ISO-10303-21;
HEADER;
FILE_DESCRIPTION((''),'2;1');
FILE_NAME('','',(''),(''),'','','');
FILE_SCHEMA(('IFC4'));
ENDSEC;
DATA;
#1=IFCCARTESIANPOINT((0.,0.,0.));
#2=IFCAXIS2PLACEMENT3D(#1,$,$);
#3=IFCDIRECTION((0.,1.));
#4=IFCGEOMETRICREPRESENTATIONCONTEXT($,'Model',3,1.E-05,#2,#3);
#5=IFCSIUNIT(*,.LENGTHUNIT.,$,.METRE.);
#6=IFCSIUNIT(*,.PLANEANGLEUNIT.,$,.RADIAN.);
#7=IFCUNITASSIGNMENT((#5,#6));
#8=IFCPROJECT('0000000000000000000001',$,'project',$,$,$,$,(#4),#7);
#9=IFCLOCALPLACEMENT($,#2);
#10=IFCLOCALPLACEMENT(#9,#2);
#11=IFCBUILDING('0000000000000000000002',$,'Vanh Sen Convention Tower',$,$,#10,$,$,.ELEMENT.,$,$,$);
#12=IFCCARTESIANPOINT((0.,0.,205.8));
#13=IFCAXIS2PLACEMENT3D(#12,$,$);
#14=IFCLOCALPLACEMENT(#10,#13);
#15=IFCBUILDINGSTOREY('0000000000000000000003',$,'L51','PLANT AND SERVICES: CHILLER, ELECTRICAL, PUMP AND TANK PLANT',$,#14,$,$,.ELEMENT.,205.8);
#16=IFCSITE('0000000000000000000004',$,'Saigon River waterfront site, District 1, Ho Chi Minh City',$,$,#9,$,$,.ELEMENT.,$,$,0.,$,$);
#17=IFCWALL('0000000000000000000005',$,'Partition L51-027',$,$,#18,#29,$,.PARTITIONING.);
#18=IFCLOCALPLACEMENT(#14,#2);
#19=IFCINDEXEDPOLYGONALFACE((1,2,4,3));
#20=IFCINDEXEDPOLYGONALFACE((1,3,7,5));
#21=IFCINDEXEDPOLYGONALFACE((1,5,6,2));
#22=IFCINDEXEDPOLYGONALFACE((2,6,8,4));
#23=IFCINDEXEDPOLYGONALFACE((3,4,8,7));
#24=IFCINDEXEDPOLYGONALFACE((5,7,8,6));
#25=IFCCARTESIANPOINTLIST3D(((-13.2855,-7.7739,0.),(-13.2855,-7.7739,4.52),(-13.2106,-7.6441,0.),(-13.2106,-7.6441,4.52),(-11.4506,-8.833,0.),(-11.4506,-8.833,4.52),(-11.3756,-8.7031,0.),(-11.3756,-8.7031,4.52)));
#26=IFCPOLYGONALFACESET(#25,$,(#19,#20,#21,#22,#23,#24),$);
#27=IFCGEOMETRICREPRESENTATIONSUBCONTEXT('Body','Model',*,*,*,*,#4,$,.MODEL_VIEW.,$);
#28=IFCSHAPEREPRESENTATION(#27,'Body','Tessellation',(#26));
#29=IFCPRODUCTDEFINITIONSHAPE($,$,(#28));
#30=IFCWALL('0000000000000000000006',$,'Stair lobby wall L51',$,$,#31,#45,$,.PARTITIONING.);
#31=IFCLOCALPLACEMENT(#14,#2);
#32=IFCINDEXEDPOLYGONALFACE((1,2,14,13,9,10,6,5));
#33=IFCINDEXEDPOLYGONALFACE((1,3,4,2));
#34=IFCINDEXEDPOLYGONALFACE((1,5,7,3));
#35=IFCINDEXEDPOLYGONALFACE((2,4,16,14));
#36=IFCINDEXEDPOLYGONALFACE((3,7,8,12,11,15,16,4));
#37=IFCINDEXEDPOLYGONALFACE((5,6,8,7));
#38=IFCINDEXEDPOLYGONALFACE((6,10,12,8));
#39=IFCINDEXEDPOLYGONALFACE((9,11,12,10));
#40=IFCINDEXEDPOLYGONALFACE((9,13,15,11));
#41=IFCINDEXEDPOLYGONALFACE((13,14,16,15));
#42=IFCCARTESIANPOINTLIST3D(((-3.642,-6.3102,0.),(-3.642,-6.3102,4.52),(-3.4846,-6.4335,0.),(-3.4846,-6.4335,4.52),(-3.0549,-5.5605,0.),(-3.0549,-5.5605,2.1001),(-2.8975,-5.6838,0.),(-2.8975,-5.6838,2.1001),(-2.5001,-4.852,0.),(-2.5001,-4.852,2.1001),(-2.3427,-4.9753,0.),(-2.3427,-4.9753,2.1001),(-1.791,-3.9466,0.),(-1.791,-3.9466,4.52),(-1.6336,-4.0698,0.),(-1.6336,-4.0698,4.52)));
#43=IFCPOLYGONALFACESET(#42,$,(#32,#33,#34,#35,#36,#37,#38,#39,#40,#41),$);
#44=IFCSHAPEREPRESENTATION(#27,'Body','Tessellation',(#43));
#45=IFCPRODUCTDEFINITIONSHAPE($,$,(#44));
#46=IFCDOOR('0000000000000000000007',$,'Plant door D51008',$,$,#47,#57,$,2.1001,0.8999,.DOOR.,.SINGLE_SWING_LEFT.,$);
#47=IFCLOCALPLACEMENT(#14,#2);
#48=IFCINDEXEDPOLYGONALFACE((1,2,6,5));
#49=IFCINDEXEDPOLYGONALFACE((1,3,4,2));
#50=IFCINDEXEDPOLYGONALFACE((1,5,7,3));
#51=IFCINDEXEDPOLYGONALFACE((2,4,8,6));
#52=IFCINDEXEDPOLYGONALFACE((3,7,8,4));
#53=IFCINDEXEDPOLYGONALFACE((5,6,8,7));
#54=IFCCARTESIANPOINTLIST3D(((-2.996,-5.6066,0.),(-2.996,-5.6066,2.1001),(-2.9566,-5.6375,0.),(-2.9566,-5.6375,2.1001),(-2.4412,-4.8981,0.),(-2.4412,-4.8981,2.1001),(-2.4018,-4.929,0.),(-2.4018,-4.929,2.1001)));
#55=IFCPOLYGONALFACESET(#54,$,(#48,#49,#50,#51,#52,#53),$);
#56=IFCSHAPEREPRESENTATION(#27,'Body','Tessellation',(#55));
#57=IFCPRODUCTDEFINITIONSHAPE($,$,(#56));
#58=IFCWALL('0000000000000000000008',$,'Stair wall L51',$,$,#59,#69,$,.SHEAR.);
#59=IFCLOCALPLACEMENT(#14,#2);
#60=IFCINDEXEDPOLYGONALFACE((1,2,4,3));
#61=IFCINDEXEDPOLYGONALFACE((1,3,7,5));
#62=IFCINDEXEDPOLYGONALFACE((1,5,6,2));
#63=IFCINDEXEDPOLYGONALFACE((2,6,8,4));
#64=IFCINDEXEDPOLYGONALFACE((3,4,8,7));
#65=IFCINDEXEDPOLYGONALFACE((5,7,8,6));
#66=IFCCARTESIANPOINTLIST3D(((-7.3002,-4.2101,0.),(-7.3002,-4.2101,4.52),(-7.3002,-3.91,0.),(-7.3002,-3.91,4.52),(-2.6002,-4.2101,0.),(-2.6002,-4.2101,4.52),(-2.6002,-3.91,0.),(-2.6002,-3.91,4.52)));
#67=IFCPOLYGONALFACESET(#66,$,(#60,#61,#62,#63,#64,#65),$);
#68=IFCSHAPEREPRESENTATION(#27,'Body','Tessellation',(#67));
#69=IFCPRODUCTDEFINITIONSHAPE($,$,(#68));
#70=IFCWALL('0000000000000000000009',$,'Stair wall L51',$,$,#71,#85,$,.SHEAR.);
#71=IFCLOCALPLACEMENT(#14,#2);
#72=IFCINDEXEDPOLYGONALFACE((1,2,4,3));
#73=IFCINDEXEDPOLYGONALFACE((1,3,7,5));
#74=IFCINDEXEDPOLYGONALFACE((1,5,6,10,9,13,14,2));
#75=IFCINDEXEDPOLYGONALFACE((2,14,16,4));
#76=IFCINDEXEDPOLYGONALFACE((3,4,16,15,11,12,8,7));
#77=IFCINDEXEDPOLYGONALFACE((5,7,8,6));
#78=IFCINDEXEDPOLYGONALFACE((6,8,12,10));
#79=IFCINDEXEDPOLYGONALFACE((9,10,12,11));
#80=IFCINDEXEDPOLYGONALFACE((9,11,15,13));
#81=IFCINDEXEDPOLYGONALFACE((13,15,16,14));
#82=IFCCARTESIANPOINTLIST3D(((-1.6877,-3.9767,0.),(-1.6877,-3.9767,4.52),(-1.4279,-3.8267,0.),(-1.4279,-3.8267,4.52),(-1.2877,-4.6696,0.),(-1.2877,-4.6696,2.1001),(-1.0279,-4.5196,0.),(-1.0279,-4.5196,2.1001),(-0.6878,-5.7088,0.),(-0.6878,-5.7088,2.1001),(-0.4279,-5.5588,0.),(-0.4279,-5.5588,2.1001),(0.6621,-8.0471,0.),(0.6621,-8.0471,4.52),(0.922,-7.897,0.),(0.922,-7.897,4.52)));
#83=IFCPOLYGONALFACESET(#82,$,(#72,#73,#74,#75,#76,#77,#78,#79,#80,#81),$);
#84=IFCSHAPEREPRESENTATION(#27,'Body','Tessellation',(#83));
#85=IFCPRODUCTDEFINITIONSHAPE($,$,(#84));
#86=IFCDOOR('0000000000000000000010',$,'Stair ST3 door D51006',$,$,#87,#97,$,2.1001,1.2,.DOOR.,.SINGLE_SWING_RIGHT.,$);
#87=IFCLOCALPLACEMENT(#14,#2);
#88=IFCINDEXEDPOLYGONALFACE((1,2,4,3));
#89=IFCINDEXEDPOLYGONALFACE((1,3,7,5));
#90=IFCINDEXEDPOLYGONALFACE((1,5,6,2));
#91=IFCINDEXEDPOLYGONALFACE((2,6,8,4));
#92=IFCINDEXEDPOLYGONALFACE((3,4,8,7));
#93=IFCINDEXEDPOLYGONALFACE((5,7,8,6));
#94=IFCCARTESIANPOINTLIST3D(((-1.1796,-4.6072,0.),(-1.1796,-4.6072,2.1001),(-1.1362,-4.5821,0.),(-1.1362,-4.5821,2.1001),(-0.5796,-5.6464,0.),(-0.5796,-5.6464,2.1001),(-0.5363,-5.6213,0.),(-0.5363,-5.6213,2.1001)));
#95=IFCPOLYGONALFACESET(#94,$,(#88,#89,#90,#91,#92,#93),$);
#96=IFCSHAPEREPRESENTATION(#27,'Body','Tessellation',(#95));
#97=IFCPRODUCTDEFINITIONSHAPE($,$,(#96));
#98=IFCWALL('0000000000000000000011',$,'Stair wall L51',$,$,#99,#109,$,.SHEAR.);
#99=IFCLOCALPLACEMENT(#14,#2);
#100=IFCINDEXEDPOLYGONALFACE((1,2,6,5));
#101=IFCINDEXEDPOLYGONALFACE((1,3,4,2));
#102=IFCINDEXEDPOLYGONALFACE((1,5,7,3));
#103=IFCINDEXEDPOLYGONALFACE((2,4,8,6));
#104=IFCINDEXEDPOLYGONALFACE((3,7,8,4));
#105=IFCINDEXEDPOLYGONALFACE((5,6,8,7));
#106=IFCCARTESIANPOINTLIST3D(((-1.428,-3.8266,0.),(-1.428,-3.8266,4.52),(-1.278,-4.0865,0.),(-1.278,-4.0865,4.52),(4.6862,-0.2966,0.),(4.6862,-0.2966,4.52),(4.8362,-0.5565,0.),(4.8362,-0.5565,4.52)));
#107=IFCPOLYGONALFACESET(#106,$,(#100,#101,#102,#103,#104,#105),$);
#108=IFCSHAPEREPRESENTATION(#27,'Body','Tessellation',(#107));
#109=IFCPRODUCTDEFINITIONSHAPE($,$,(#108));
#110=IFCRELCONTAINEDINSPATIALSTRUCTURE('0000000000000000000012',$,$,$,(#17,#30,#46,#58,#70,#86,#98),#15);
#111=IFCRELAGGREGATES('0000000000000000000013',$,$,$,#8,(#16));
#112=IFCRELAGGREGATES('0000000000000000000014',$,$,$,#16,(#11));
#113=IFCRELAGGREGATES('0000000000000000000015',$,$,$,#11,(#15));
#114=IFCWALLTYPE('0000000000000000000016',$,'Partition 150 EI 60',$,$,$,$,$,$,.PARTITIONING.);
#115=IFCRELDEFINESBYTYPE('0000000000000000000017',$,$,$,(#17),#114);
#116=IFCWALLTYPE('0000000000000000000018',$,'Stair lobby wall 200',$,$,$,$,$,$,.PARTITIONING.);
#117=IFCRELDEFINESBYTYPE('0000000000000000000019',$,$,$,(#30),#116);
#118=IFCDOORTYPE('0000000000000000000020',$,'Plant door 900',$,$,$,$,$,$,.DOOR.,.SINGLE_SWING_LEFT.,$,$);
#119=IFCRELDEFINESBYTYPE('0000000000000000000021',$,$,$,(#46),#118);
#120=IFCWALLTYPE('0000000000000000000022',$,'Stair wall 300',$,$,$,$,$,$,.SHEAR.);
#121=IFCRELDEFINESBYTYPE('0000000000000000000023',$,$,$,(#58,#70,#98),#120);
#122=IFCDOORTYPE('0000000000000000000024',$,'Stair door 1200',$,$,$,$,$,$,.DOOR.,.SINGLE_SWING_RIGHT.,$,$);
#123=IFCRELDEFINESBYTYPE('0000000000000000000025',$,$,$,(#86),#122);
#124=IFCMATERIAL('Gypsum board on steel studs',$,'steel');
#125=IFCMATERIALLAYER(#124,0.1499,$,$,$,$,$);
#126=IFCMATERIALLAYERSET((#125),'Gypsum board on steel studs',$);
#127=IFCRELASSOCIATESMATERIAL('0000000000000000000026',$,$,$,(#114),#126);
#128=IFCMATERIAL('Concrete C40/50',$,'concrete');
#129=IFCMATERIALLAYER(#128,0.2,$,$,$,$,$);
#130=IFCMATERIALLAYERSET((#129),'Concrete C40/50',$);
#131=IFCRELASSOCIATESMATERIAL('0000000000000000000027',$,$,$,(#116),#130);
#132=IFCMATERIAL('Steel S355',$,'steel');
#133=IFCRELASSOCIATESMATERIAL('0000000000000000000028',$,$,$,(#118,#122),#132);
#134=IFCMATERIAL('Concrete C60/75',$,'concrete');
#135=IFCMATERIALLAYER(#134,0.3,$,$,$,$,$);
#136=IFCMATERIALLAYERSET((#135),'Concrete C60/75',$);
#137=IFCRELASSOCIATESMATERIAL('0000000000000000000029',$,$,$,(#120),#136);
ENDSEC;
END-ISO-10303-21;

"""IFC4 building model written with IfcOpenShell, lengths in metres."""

from ifc_helpers import new_model, si_unit, direction, frame, frame_2d, origin, place, context, subcontext, project, spatial, rectangle, extrude, material, layer, layer_set, type_object, element, fill, save


model = new_model("IFC4")

# Units and contexts
model_context = context("Model", 3, precision=1e-05, world=origin(), true_north=direction((0.0, 1.0)))
body_context = subcontext(model_context, "Body", "Model", "MODEL_VIEW")
ifc_project = project(units=[si_unit("LENGTHUNIT", "METRE"), si_unit("PLANEANGLEUNIT", "RADIAN")], contexts=[model_context])

# Site, building, storey
site_placement = place(None, origin())
site = spatial("IfcSite", under=ifc_project, at=site_placement, Name="Saigon River waterfront site, District 1, Ho Chi Minh City", CompositionType="ELEMENT", RefElevation=0.0)
building_placement = place(site_placement, origin())
building = spatial("IfcBuilding", under=site, at=building_placement, Name="Vanh Sen Convention Tower", CompositionType="ELEMENT")
storey_placement = place(building_placement, frame((0.0, 0.0, 205.8)))
storey = spatial("IfcBuildingStorey", under=building, at=storey_placement, Name="L51", Description="PLANT AND SERVICES: CHILLER, ELECTRICAL, PUMP AND TANK PLANT", CompositionType="ELEMENT", Elevation=205.8)

# Shared definitions
ifc_material_1 = material(Name="Concrete C40/50", Category="concrete")

# Shared definitions
ifc_material_2 = material(Name="Concrete C60/75", Category="concrete")
ifc_material_3 = material(Name="Steel S355", Category="steel")

# Wall
ifc_material_4 = material(Name="Gypsum board on steel studs", Category="steel")
ifc_layer_1 = layer(ifc_material_4, 0.1499)
ifc_layer_set_1 = layer_set([ifc_layer_1], Name="Gypsum board on steel studs")
wall_type_1 = type_object("IfcWallType", Name="Partition 150 EI 60", PredefinedType="PARTITIONING", material=ifc_layer_set_1)
wall_1_placement = place(storey_placement, frame((-13.248, -7.709, 0.0), z_axis=(0.0, 0.0, 1.0), x_axis=(0.866093, -0.499882, 0.0)))
element("IfcWall", 1, at=wall_1_placement, inside=storey, type_object=wall_type_1, Name="Partition L51-027", PredefinedType="PARTITIONING", context=body_context, shape_type="SweptSolid", body=[
    extrude(rectangle(XDim=2.1187, YDim=0.1499, at=frame_2d((1.0593, 0.0))), origin(), (0.0, 0.0, 1.0), 4.52),
])

# Wall, opening, door
ifc_layer_2 = layer(ifc_material_1, 0.2)
ifc_layer_set_2 = layer_set([ifc_layer_2], Name="Concrete C40/50")
wall_type_2 = type_object("IfcWallType", Name="Stair lobby wall 200", PredefinedType="PARTITIONING", material=ifc_layer_set_2)
wall_2_placement = place(storey_placement, frame((-1.7124, -4.0083, 0.0), z_axis=(0.0, 0.0, 1.0), x_axis=(-0.616549, -0.787316, 0.0)))
wall_2 = element("IfcWall", 2, at=wall_2_placement, inside=storey, type_object=wall_type_2, Name="Stair lobby wall L51", PredefinedType="PARTITIONING", context=body_context, shape_type="SweptSolid", body=[
    extrude(rectangle(XDim=3.0022, YDim=0.2, at=frame_2d((1.501, 0.0))), origin(), (0.0, 0.0, 1.0), 4.52),
])
opening_1_placement = place(wall_2_placement, frame((1.1499, 0.0, 0.0)))
opening_1 = element("IfcOpeningElement", 3, at=opening_1_placement, cuts=wall_2, PredefinedType="OPENING", context=body_context, shape_type="SweptSolid", body=[
    extrude(rectangle(XDim=0.8999, YDim=2.1001, at=frame_2d((0.45, 1.05))), frame((0.0, 0.1099, 0.0), z_axis=(0.0, -1.0, 0.0), x_axis=(1.0, 0.0, 0.0)), (0.0, 0.0, 1.0), 0.22),
])
door_type_1 = type_object("IfcDoorType", Name="Plant door 900", OperationType="SINGLE_SWING_LEFT", PredefinedType="DOOR", material=ifc_material_3)
door_1_placement = place(opening_1_placement, origin())
door_1 = element("IfcDoor", 4, at=door_1_placement, inside=storey, type_object=door_type_1, Name="Plant door D51008", OperationType="SINGLE_SWING_LEFT", OverallHeight=2.1001, OverallWidth=0.8999, PredefinedType="DOOR", context=body_context, shape_type="SweptSolid", body=[
    extrude(rectangle(XDim=0.8999, YDim=2.1001, at=frame_2d((0.45, 1.05))), frame((0.0, 0.0249, 0.0), z_axis=(0.0, -1.0, 0.0), x_axis=(1.0, 0.0, 0.0)), (0.0, 0.0, 1.0), 0.05),
])
fill(opening_1, door_1)

# Wall
ifc_layer_3 = layer(ifc_material_2, 0.3)
ifc_layer_set_3 = layer_set([ifc_layer_3], Name="Concrete C60/75")
wall_type_3 = type_object("IfcWallType", Name="Stair wall 300", PredefinedType="SHEAR", material=ifc_layer_set_3)
wall_3_placement = place(storey_placement, frame((-2.6001, -4.0601, 0.0), z_axis=(0.0, 0.0, 1.0), x_axis=(-1.0, 0.0, 0.0)))
element("IfcWall", 5, at=wall_3_placement, inside=storey, type_object=wall_type_3, Name="Stair wall L51", PredefinedType="SHEAR", context=body_context, shape_type="SweptSolid", body=[
    extrude(rectangle(XDim=4.7, YDim=0.3, at=frame_2d((2.3501, 0.0))), origin(), (0.0, 0.0, 1.0), 4.52),
])

# Wall, opening, door
wall_4_placement = place(storey_placement, frame((-1.5579, -3.9016, 0.0), z_axis=(0.0, 0.0, 1.0), x_axis=(0.499977, -0.866039, 0.0)))
wall_4 = element("IfcWall", 6, at=wall_4_placement, inside=storey, type_object=wall_type_3, Name="Stair wall L51", PredefinedType="SHEAR", context=body_context, shape_type="SweptSolid", body=[
    extrude(rectangle(XDim=4.7, YDim=0.3, at=frame_2d((2.3501, 0.0))), origin(), (0.0, 0.0, 1.0), 4.52),
])
opening_2_placement = place(wall_4_placement, frame((0.8, 0.0, 0.0)))
opening_2 = element("IfcOpeningElement", 7, at=opening_2_placement, cuts=wall_4, PredefinedType="OPENING", context=body_context, shape_type="SweptSolid", body=[
    extrude(rectangle(XDim=1.2, YDim=2.1001, at=frame_2d((0.6001, 1.05))), frame((0.0, 0.1599, 0.0), z_axis=(0.0, -1.0, 0.0), x_axis=(1.0, 0.0, 0.0)), (0.0, 0.0, 1.0), 0.3201),
])
door_type_2 = type_object("IfcDoorType", Name="Stair door 1200", OperationType="SINGLE_SWING_RIGHT", PredefinedType="DOOR", material=ifc_material_3)
door_2_placement = place(opening_2_placement, origin())
door_2 = element("IfcDoor", 8, at=door_2_placement, inside=storey, type_object=door_type_2, Name="Stair ST3 door D51006", OperationType="SINGLE_SWING_RIGHT", OverallHeight=2.1001, OverallWidth=1.2, PredefinedType="DOOR", context=body_context, shape_type="SweptSolid", body=[
    extrude(rectangle(XDim=1.2, YDim=2.1001, at=frame_2d((0.6001, 1.05))), frame((0.0, 0.0249, 0.0), z_axis=(0.0, -1.0, 0.0), x_axis=(1.0, 0.0, 0.0)), (0.0, 0.0, 1.0), 0.05),
])
fill(opening_2, door_2)

# Wall
wall_5_placement = place(storey_placement, frame((-1.353, -3.9565, 0.0), z_axis=(0.0, 0.0, 1.0), x_axis=(0.866028, 0.499996, 0.0)))
element("IfcWall", 9, at=wall_5_placement, inside=storey, type_object=wall_type_3, Name="Stair wall L51", PredefinedType="SHEAR", context=body_context, shape_type="SweptSolid", body=[
    extrude(rectangle(XDim=7.0601, YDim=0.3, at=frame_2d((3.53, 0.0))), origin(), (0.0, 0.0, 1.0), 4.52),
])

save(model, "model.ifc")
